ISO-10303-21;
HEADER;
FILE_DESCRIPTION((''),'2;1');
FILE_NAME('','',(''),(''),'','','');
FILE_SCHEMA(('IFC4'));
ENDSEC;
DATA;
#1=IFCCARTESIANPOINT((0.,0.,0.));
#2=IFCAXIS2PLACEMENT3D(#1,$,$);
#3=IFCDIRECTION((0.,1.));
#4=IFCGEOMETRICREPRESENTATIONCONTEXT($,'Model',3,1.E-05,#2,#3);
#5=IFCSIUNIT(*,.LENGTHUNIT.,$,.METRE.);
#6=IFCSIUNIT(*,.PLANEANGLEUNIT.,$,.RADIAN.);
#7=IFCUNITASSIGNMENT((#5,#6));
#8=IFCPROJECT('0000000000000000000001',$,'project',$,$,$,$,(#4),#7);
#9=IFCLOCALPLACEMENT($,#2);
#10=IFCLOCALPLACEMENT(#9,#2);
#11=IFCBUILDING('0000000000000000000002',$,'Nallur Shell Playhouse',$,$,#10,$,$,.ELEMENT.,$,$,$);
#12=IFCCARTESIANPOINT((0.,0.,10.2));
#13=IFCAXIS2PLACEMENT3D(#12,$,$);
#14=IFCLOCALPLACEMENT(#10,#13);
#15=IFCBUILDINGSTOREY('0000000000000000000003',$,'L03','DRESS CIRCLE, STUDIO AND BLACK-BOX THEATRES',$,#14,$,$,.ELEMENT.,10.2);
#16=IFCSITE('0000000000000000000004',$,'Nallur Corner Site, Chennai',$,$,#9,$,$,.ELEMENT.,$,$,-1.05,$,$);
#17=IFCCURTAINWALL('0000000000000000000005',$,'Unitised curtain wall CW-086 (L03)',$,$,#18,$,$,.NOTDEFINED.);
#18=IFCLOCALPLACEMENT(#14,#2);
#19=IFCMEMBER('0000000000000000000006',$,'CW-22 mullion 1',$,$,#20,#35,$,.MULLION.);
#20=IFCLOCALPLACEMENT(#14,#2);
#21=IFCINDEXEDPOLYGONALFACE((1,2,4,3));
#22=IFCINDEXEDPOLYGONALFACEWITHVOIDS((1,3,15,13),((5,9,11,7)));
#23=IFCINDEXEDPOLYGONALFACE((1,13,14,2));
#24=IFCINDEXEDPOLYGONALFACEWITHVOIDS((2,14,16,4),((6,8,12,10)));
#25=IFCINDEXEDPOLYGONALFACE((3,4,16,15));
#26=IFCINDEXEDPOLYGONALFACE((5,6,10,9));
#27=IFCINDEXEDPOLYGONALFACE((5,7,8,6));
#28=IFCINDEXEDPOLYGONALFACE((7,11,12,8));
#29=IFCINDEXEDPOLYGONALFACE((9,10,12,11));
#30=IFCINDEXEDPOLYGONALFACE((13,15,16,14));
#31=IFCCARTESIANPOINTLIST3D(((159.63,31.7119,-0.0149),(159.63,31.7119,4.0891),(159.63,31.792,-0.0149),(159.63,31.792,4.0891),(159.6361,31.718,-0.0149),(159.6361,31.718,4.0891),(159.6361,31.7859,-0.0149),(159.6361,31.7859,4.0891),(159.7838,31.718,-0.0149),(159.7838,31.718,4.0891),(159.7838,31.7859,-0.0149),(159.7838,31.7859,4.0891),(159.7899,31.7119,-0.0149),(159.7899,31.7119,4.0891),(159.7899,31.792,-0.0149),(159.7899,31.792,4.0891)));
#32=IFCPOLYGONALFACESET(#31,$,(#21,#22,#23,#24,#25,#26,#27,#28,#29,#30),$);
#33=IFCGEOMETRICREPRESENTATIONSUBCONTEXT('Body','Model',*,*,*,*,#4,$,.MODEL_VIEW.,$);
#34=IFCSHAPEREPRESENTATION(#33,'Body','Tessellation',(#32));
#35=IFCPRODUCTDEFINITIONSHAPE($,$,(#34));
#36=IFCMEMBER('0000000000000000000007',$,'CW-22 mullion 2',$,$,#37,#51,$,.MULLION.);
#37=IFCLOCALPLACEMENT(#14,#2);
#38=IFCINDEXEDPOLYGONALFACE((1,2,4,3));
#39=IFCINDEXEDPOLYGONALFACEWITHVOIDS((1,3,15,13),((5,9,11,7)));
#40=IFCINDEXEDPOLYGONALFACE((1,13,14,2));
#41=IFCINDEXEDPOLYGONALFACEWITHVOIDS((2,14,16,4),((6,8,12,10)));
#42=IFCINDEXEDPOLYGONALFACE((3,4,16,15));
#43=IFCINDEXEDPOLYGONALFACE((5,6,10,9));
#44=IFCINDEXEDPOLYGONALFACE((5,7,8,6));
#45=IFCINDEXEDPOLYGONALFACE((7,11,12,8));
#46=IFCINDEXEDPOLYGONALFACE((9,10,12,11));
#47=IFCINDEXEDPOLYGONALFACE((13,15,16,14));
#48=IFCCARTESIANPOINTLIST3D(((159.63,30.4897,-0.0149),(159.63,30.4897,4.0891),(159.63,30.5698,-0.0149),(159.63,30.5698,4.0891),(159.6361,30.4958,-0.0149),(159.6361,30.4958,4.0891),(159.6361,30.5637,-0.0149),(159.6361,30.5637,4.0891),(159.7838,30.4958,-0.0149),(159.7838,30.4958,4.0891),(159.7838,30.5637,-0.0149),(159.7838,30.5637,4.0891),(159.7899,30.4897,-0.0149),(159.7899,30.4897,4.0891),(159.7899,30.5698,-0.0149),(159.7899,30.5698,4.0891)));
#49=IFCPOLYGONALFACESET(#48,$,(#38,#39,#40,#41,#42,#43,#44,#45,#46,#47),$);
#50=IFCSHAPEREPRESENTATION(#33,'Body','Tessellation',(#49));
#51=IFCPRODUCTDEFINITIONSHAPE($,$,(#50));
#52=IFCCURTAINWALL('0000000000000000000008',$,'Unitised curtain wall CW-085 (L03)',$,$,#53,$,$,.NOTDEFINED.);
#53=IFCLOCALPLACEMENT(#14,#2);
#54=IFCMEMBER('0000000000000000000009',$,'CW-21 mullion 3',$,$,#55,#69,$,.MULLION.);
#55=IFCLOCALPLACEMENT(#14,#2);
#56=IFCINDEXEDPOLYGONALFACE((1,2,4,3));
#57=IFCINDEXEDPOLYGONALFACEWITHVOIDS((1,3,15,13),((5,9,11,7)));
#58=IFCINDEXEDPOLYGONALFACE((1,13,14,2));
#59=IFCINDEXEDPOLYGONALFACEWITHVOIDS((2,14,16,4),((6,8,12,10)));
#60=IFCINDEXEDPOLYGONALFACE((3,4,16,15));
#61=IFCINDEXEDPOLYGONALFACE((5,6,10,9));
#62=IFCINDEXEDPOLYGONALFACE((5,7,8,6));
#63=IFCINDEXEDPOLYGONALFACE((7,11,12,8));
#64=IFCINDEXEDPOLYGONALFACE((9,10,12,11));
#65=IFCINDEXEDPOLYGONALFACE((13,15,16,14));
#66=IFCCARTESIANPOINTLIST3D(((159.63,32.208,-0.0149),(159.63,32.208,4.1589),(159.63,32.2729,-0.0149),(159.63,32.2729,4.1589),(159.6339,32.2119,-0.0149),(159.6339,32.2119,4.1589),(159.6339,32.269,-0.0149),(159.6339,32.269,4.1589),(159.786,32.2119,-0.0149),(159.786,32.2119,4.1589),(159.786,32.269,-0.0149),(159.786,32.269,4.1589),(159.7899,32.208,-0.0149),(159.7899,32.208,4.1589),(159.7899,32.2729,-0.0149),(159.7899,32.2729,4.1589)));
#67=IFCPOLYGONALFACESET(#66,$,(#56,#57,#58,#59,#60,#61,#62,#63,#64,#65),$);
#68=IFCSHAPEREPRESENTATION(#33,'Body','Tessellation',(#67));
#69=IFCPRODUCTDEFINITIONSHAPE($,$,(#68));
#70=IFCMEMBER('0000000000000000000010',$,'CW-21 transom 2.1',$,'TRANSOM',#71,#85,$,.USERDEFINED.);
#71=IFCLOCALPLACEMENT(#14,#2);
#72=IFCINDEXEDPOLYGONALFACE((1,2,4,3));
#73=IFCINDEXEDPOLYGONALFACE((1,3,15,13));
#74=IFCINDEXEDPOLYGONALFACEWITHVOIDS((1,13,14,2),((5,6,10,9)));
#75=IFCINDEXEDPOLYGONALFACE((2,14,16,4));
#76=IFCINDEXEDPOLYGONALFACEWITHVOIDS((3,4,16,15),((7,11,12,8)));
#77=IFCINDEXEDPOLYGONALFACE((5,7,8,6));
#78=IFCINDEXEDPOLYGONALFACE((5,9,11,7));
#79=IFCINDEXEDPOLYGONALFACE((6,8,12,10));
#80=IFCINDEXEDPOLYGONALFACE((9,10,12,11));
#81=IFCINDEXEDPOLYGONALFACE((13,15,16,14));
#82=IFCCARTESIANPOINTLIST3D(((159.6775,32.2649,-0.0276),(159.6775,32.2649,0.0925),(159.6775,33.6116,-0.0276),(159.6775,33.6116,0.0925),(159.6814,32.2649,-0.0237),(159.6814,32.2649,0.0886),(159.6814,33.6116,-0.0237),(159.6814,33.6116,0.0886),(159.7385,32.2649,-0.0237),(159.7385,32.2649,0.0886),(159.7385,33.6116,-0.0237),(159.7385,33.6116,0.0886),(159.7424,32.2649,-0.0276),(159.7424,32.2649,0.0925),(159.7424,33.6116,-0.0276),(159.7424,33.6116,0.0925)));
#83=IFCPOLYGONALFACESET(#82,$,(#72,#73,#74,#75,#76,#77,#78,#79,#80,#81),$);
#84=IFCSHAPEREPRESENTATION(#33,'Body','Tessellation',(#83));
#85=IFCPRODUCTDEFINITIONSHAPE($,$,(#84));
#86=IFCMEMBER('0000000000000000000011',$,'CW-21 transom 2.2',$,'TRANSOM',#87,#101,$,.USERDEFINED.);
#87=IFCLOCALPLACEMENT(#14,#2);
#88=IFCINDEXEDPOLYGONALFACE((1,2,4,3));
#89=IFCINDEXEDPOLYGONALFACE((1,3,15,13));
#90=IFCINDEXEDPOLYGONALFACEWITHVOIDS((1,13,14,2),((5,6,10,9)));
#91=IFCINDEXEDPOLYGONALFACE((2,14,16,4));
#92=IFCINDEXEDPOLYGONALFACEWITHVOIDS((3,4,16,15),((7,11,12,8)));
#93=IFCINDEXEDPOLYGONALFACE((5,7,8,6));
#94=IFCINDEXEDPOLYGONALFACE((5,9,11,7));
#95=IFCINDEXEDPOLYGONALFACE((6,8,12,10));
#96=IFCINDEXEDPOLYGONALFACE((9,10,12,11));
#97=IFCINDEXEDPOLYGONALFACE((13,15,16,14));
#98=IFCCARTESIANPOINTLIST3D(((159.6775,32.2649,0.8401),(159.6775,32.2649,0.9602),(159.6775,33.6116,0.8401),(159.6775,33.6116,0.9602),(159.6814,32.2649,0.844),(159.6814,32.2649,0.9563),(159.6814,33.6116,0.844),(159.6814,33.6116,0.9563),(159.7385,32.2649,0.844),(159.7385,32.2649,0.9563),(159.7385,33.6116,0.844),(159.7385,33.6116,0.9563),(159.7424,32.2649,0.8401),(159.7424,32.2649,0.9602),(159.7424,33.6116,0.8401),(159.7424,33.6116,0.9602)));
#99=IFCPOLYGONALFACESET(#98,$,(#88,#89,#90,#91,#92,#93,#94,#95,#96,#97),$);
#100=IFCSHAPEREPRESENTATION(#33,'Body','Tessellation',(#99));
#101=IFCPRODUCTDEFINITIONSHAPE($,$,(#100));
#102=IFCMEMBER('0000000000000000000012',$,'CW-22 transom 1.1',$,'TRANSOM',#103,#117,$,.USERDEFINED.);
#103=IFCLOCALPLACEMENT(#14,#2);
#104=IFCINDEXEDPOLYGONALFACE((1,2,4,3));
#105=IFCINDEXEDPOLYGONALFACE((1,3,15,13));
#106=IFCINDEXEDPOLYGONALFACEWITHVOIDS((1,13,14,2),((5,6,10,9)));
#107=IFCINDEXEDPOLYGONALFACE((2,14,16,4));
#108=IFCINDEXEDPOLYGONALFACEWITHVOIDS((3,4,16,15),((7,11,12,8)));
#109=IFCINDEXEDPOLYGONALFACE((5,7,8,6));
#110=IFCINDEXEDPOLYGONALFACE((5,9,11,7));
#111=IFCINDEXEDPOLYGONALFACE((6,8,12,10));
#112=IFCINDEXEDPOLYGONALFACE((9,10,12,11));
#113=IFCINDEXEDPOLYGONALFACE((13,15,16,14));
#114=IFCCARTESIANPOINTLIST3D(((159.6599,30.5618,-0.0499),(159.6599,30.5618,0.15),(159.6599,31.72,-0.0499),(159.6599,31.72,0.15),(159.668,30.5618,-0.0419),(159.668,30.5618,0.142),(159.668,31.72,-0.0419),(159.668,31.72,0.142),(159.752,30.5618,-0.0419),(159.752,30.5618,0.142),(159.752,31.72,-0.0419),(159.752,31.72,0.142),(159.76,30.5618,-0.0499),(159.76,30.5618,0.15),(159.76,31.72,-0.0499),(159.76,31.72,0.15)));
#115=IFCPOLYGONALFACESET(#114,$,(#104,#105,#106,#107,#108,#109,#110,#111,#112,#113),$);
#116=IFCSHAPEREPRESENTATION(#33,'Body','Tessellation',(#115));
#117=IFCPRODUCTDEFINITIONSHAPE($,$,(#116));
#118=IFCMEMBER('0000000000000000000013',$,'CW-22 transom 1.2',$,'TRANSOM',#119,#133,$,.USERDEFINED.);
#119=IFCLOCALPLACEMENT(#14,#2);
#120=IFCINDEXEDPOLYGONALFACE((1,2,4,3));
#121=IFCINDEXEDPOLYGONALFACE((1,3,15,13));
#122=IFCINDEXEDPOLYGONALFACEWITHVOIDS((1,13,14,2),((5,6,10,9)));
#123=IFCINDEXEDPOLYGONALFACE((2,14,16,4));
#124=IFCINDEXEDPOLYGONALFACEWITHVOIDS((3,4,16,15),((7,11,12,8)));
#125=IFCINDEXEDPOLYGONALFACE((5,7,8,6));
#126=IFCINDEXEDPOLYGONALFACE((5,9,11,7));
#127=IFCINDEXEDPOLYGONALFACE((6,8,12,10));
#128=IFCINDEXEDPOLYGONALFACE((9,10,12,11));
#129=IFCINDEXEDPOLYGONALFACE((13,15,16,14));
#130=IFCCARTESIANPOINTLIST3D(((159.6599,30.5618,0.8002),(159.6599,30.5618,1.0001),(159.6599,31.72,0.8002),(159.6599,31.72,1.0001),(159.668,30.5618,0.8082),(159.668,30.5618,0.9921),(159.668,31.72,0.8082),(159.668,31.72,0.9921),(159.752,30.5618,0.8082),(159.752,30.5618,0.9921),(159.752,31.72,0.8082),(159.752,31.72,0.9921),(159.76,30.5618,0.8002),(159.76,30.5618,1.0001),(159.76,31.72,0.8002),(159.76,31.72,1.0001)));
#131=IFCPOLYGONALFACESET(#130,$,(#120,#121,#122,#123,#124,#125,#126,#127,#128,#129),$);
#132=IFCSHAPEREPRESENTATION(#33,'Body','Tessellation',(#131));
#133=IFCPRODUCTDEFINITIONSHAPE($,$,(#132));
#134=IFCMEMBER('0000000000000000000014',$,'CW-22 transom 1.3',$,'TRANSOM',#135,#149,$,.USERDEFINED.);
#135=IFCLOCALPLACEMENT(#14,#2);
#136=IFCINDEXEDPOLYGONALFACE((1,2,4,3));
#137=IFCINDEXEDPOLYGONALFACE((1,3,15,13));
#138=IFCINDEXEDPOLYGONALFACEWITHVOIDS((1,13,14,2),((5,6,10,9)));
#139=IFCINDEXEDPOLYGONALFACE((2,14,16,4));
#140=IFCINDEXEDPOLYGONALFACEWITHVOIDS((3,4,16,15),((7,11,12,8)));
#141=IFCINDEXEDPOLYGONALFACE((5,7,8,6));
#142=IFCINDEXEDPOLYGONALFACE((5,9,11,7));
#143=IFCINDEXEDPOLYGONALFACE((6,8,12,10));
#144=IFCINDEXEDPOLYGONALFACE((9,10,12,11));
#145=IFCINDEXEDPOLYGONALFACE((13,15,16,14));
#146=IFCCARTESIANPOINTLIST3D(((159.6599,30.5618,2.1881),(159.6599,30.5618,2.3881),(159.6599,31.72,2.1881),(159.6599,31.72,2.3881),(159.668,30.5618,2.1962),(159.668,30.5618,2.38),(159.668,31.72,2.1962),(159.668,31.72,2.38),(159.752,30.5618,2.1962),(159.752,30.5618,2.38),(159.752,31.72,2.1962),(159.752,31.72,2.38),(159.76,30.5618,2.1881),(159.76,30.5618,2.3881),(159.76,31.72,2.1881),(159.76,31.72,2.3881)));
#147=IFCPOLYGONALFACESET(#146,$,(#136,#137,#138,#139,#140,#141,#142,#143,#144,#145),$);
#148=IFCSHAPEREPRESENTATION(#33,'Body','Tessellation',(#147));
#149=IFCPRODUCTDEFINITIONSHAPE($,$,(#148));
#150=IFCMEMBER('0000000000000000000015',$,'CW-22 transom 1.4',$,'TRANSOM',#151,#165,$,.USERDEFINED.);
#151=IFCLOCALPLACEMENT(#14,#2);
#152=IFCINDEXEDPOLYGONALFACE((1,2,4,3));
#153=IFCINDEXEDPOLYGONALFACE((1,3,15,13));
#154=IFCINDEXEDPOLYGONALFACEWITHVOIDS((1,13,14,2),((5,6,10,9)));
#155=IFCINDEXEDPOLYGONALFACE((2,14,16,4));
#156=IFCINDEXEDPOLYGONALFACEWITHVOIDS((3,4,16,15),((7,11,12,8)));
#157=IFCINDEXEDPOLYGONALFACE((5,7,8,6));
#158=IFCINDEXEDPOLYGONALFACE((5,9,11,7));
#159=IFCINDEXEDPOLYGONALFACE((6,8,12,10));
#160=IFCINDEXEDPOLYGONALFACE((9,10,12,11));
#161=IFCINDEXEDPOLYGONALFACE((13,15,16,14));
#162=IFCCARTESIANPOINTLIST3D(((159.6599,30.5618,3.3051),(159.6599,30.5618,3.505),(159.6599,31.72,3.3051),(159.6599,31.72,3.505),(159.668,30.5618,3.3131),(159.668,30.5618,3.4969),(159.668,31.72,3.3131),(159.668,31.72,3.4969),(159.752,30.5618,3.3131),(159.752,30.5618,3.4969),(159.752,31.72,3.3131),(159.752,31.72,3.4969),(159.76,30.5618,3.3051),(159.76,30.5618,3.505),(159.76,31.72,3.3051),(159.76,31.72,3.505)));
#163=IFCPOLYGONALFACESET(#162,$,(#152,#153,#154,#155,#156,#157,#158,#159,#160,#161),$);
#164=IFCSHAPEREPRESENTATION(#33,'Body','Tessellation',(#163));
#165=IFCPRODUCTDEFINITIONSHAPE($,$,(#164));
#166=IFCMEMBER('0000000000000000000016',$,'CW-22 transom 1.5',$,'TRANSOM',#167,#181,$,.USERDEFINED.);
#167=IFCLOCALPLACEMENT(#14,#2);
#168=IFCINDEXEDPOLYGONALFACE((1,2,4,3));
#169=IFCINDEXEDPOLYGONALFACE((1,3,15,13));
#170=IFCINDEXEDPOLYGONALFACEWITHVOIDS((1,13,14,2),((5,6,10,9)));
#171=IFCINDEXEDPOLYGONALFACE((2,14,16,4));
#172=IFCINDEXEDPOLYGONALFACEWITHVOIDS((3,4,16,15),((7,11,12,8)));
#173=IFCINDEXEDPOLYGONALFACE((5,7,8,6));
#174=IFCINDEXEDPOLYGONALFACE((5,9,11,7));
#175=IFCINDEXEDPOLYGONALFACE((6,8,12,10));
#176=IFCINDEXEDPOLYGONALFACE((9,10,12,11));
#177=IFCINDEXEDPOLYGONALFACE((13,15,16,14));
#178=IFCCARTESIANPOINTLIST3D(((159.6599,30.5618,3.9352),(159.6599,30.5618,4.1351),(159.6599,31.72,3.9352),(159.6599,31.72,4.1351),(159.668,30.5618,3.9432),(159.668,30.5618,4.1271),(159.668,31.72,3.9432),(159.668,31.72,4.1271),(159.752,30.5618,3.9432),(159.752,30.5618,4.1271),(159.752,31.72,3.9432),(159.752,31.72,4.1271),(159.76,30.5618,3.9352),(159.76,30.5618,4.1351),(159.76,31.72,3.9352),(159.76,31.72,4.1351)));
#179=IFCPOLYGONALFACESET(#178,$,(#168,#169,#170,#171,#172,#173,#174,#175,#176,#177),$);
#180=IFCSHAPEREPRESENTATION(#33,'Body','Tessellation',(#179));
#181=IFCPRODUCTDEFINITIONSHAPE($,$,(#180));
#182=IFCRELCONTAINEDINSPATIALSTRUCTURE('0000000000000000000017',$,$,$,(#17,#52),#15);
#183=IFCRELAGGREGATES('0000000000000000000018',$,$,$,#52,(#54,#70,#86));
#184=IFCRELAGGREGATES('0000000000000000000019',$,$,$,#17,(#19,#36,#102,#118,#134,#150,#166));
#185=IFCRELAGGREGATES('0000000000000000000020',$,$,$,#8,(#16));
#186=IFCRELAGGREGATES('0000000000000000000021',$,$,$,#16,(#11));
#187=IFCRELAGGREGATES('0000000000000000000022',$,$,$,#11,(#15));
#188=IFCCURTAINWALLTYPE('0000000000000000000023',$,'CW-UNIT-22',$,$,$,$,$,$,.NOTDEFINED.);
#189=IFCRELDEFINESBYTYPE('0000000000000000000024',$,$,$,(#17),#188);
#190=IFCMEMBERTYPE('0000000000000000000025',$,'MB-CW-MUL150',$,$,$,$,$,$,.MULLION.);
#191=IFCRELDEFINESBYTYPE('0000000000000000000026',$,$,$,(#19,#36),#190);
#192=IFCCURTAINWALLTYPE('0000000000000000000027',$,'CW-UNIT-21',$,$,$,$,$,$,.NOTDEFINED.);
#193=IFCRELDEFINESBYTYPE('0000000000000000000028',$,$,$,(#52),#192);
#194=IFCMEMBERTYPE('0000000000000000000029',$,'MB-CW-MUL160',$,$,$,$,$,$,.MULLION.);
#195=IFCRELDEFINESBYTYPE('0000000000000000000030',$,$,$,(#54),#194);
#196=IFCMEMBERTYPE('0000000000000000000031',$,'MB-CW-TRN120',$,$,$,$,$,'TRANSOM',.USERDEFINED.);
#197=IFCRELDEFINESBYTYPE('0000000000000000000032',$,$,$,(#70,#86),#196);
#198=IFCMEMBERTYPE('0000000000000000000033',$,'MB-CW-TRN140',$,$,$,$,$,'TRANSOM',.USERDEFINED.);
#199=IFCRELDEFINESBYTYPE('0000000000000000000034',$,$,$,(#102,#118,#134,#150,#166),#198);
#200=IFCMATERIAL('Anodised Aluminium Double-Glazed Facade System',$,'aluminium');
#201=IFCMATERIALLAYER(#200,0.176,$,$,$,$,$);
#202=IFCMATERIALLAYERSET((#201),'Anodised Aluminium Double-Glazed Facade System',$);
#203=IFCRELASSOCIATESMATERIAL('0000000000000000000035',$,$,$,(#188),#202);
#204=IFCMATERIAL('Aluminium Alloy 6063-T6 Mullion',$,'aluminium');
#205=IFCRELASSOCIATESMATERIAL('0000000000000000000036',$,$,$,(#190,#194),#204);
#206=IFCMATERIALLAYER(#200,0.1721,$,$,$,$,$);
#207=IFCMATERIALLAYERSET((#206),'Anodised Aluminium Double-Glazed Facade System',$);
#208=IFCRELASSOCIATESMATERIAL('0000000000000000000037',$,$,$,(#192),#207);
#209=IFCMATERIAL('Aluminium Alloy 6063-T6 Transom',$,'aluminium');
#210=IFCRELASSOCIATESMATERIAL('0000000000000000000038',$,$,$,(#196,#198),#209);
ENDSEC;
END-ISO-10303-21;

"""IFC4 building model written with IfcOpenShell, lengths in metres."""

from ifc_helpers import new_model, si_unit, direction, frame, origin, origin_2d, place, context, subcontext, project, spatial, hollow_rectangle, extrude, material, layer, layer_set, material_profile, profile_set, type_object, element, aggregate, save


model = new_model("IFC4")

# Units and contexts
model_context = context("Model", 3, precision=1e-05, world=origin(), true_north=direction((0.0, 1.0)))
body_context = subcontext(model_context, "Body", "Model", "MODEL_VIEW")
ifc_project = project(units=[si_unit("LENGTHUNIT", "METRE"), si_unit("PLANEANGLEUNIT", "RADIAN")], contexts=[model_context])

# Site, building, storey
site_placement = place(None, origin())
site = spatial("IfcSite", under=ifc_project, at=site_placement, Name="Nallur Corner Site, Chennai", CompositionType="ELEMENT", RefElevation=-1.05)
building_placement = place(site_placement, origin())
building = spatial("IfcBuilding", under=site, at=building_placement, Name="Nallur Shell Playhouse", CompositionType="ELEMENT")
storey_placement = place(building_placement, frame((0.0, 0.0, 10.2)))
storey = spatial("IfcBuildingStorey", under=building, at=storey_placement, Name="L03", Description="DRESS CIRCLE, STUDIO AND BLACK-BOX THEATRES", CompositionType="ELEMENT", Elevation=10.2)

# Curtain walls, members
ifc_material_1 = material(Name="Anodised Aluminium Double-Glazed Facade System", Category="aluminium")
ifc_layer_1 = layer(ifc_material_1, 0.176)
ifc_layer_set_1 = layer_set([ifc_layer_1], Name="Anodised Aluminium Double-Glazed Facade System")
curtain_wall_type_1 = type_object("IfcCurtainWallType", Name="CW-UNIT-22", PredefinedType="NOTDEFINED", material=ifc_layer_set_1)
curtain_wall_1_placement = place(storey_placement, origin())
curtain_wall_1 = element("IfcCurtainWall", 1, at=curtain_wall_1_placement, inside=storey, type_object=curtain_wall_type_1, Name="Unitised curtain wall CW-086 (L03)", PredefinedType="NOTDEFINED")
ifc_material_2 = material(Name="Aluminium Alloy 6063-T6 Mullion", Category="aluminium")
ifc_material_profile_1 = material_profile(ifc_material_2, hollow_rectangle(XDim=0.0801, YDim=0.1599, WallThickness=0.0061, at=origin_2d()), Name="RHS 160x80x6")
ifc_profile_set_1 = profile_set([ifc_material_profile_1], Name="Aluminium Alloy 6063-T6 Mullion")
member_type_1 = type_object("IfcMemberType", Name="MB-CW-MUL150", PredefinedType="MULLION", material=ifc_profile_set_1)
member_1_placement = place(storey_placement, frame((159.71, 31.752, -0.0149), z_axis=(0.0, 0.0, 1.0), x_axis=(0.0, -1.0, 0.0)))
member_1 = element("IfcMember", 2, at=member_1_placement, type_object=member_type_1, Name="CW-22 mullion 1", PredefinedType="MULLION", context=body_context, shape_type="SweptSolid", body=[
    extrude(hollow_rectangle(XDim=0.0801, YDim=0.1599, WallThickness=0.0061, at=origin_2d()), origin(), (0.0, 0.0, 1.0), 4.104),
])
member_2_placement = place(storey_placement, frame((159.71, 30.5298, -0.0149), z_axis=(0.0, 0.0, 1.0), x_axis=(0.0, -1.0, 0.0)))
member_2 = element("IfcMember", 3, at=member_2_placement, type_object=member_type_1, Name="CW-22 mullion 2", PredefinedType="MULLION", context=body_context, shape_type="SweptSolid", body=[
    extrude(hollow_rectangle(XDim=0.0801, YDim=0.1599, WallThickness=0.0061, at=origin_2d()), origin(), (0.0, 0.0, 1.0), 4.104),
])
ifc_layer_2 = layer(ifc_material_1, 0.1721)
ifc_layer_set_2 = layer_set([ifc_layer_2], Name="Anodised Aluminium Double-Glazed Facade System")
curtain_wall_type_2 = type_object("IfcCurtainWallType", Name="CW-UNIT-21", PredefinedType="NOTDEFINED", material=ifc_layer_set_2)
curtain_wall_2_placement = place(storey_placement, origin())
curtain_wall_2 = element("IfcCurtainWall", 4, at=curtain_wall_2_placement, inside=storey, type_object=curtain_wall_type_2, Name="Unitised curtain wall CW-085 (L03)", PredefinedType="NOTDEFINED")
ifc_material_profile_2 = material_profile(ifc_material_2, hollow_rectangle(XDim=0.0649, YDim=0.1599, WallThickness=0.0039, at=origin_2d()), Name="ALU 65x160x4")
ifc_profile_set_2 = profile_set([ifc_material_profile_2], Name="Aluminium Alloy 6063-T6 Mullion")
member_type_2 = type_object("IfcMemberType", Name="MB-CW-MUL160", PredefinedType="MULLION", material=ifc_profile_set_2)
member_3_placement = place(storey_placement, frame((159.71, 32.2405, -0.0149), z_axis=(0.0, 0.0, 1.0), x_axis=(0.0, -1.0, 0.0)))
member_3 = element("IfcMember", 5, at=member_3_placement, type_object=member_type_2, Name="CW-21 mullion 3", PredefinedType="MULLION", context=body_context, shape_type="SweptSolid", body=[
    extrude(hollow_rectangle(XDim=0.0649, YDim=0.1599, WallThickness=0.0039, at=origin_2d()), origin(), (0.0, 0.0, 1.0), 4.1738),
])
ifc_material_3 = material(Name="Aluminium Alloy 6063-T6 Transom", Category="aluminium")
ifc_material_profile_3 = material_profile(ifc_material_3, hollow_rectangle(XDim=0.0649, YDim=0.1201, WallThickness=0.0039, at=origin_2d()), Name="ALU 65x120x4")
ifc_profile_set_3 = profile_set([ifc_material_profile_3], Name="Aluminium Alloy 6063-T6 Transom")
member_type_3 = type_object("IfcMemberType", Name="MB-CW-TRN120", ElementType="TRANSOM", PredefinedType="USERDEFINED", material=ifc_profile_set_3)
member_4_placement = place(storey_placement, frame((159.71, 33.6116, 0.0325), z_axis=(0.0, -1.0, 0.0), x_axis=(1.0, 0.0, 0.0)))
member_4 = element("IfcMember", 6, at=member_4_placement, type_object=member_type_3, Name="CW-21 transom 2.1", ObjectType="TRANSOM", PredefinedType="USERDEFINED", context=body_context, shape_type="SweptSolid", body=[
    extrude(hollow_rectangle(XDim=0.0649, YDim=0.1201, WallThickness=0.0039, at=origin_2d()), origin(), (0.0, 0.0, 1.0), 1.3467),
])
member_5_placement = place(storey_placement, frame((159.71, 33.6116, 0.9001), z_axis=(0.0, -1.0, 0.0), x_axis=(1.0, 0.0, 0.0)))
member_5 = element("IfcMember", 7, at=member_5_placement, type_object=member_type_3, Name="CW-21 transom 2.2", ObjectType="TRANSOM", PredefinedType="USERDEFINED", context=body_context, shape_type="SweptSolid", body=[
    extrude(hollow_rectangle(XDim=0.0649, YDim=0.1201, WallThickness=0.0039, at=origin_2d()), origin(), (0.0, 0.0, 1.0), 1.3467),
])

# Members
ifc_material_profile_4 = material_profile(ifc_material_3, hollow_rectangle(XDim=0.1001, YDim=0.2, WallThickness=0.0081, at=origin_2d()), Name="RHS 200x100x8")
ifc_profile_set_4 = profile_set([ifc_material_profile_4], Name="Aluminium Alloy 6063-T6 Transom")
member_type_4 = type_object("IfcMemberType", Name="MB-CW-TRN140", ElementType="TRANSOM", PredefinedType="USERDEFINED", material=ifc_profile_set_4)
member_6_placement = place(storey_placement, frame((159.71, 31.72, 0.05), z_axis=(0.0, -1.0, 0.0), x_axis=(1.0, 0.0, 0.0)))
member_6 = element("IfcMember", 8, at=member_6_placement, type_object=member_type_4, Name="CW-22 transom 1.1", ObjectType="TRANSOM", PredefinedType="USERDEFINED", context=body_context, shape_type="SweptSolid", body=[
    extrude(hollow_rectangle(XDim=0.1001, YDim=0.2, WallThickness=0.0081, at=origin_2d()), origin(), (0.0, 0.0, 1.0), 1.1582),
])
member_7_placement = place(storey_placement, frame((159.71, 31.72, 0.9001), z_axis=(0.0, -1.0, 0.0), x_axis=(1.0, 0.0, 0.0)))
member_7 = element("IfcMember", 9, at=member_7_placement, type_object=member_type_4, Name="CW-22 transom 1.2", ObjectType="TRANSOM", PredefinedType="USERDEFINED", context=body_context, shape_type="SweptSolid", body=[
    extrude(hollow_rectangle(XDim=0.1001, YDim=0.2, WallThickness=0.0081, at=origin_2d()), origin(), (0.0, 0.0, 1.0), 1.1582),
])
member_8_placement = place(storey_placement, frame((159.71, 31.72, 2.2881), z_axis=(0.0, -1.0, 0.0), x_axis=(1.0, 0.0, 0.0)))
member_8 = element("IfcMember", 10, at=member_8_placement, type_object=member_type_4, Name="CW-22 transom 1.3", ObjectType="TRANSOM", PredefinedType="USERDEFINED", context=body_context, shape_type="SweptSolid", body=[
    extrude(hollow_rectangle(XDim=0.1001, YDim=0.2, WallThickness=0.0081, at=origin_2d()), origin(), (0.0, 0.0, 1.0), 1.1582),
])
member_9_placement = place(storey_placement, frame((159.71, 31.72, 3.405), z_axis=(0.0, -1.0, 0.0), x_axis=(1.0, 0.0, 0.0)))
member_9 = element("IfcMember", 11, at=member_9_placement, type_object=member_type_4, Name="CW-22 transom 1.4", ObjectType="TRANSOM", PredefinedType="USERDEFINED", context=body_context, shape_type="SweptSolid", body=[
    extrude(hollow_rectangle(XDim=0.1001, YDim=0.2, WallThickness=0.0081, at=origin_2d()), origin(), (0.0, 0.0, 1.0), 1.1582),
])
member_10_placement = place(storey_placement, frame((159.71, 31.72, 4.0352), z_axis=(0.0, -1.0, 0.0), x_axis=(1.0, 0.0, 0.0)))
member_10 = element("IfcMember", 12, at=member_10_placement, type_object=member_type_4, Name="CW-22 transom 1.5", ObjectType="TRANSOM", PredefinedType="USERDEFINED", context=body_context, shape_type="SweptSolid", body=[
    extrude(hollow_rectangle(XDim=0.1001, YDim=0.2, WallThickness=0.0081, at=origin_2d()), origin(), (0.0, 0.0, 1.0), 1.1582),
])

aggregate(curtain_wall_2, [member_3, member_4, member_5])
aggregate(curtain_wall_1, [member_1, member_2, member_6, member_7, member_8, member_9, member_10])

save(model, "model.ifc")
